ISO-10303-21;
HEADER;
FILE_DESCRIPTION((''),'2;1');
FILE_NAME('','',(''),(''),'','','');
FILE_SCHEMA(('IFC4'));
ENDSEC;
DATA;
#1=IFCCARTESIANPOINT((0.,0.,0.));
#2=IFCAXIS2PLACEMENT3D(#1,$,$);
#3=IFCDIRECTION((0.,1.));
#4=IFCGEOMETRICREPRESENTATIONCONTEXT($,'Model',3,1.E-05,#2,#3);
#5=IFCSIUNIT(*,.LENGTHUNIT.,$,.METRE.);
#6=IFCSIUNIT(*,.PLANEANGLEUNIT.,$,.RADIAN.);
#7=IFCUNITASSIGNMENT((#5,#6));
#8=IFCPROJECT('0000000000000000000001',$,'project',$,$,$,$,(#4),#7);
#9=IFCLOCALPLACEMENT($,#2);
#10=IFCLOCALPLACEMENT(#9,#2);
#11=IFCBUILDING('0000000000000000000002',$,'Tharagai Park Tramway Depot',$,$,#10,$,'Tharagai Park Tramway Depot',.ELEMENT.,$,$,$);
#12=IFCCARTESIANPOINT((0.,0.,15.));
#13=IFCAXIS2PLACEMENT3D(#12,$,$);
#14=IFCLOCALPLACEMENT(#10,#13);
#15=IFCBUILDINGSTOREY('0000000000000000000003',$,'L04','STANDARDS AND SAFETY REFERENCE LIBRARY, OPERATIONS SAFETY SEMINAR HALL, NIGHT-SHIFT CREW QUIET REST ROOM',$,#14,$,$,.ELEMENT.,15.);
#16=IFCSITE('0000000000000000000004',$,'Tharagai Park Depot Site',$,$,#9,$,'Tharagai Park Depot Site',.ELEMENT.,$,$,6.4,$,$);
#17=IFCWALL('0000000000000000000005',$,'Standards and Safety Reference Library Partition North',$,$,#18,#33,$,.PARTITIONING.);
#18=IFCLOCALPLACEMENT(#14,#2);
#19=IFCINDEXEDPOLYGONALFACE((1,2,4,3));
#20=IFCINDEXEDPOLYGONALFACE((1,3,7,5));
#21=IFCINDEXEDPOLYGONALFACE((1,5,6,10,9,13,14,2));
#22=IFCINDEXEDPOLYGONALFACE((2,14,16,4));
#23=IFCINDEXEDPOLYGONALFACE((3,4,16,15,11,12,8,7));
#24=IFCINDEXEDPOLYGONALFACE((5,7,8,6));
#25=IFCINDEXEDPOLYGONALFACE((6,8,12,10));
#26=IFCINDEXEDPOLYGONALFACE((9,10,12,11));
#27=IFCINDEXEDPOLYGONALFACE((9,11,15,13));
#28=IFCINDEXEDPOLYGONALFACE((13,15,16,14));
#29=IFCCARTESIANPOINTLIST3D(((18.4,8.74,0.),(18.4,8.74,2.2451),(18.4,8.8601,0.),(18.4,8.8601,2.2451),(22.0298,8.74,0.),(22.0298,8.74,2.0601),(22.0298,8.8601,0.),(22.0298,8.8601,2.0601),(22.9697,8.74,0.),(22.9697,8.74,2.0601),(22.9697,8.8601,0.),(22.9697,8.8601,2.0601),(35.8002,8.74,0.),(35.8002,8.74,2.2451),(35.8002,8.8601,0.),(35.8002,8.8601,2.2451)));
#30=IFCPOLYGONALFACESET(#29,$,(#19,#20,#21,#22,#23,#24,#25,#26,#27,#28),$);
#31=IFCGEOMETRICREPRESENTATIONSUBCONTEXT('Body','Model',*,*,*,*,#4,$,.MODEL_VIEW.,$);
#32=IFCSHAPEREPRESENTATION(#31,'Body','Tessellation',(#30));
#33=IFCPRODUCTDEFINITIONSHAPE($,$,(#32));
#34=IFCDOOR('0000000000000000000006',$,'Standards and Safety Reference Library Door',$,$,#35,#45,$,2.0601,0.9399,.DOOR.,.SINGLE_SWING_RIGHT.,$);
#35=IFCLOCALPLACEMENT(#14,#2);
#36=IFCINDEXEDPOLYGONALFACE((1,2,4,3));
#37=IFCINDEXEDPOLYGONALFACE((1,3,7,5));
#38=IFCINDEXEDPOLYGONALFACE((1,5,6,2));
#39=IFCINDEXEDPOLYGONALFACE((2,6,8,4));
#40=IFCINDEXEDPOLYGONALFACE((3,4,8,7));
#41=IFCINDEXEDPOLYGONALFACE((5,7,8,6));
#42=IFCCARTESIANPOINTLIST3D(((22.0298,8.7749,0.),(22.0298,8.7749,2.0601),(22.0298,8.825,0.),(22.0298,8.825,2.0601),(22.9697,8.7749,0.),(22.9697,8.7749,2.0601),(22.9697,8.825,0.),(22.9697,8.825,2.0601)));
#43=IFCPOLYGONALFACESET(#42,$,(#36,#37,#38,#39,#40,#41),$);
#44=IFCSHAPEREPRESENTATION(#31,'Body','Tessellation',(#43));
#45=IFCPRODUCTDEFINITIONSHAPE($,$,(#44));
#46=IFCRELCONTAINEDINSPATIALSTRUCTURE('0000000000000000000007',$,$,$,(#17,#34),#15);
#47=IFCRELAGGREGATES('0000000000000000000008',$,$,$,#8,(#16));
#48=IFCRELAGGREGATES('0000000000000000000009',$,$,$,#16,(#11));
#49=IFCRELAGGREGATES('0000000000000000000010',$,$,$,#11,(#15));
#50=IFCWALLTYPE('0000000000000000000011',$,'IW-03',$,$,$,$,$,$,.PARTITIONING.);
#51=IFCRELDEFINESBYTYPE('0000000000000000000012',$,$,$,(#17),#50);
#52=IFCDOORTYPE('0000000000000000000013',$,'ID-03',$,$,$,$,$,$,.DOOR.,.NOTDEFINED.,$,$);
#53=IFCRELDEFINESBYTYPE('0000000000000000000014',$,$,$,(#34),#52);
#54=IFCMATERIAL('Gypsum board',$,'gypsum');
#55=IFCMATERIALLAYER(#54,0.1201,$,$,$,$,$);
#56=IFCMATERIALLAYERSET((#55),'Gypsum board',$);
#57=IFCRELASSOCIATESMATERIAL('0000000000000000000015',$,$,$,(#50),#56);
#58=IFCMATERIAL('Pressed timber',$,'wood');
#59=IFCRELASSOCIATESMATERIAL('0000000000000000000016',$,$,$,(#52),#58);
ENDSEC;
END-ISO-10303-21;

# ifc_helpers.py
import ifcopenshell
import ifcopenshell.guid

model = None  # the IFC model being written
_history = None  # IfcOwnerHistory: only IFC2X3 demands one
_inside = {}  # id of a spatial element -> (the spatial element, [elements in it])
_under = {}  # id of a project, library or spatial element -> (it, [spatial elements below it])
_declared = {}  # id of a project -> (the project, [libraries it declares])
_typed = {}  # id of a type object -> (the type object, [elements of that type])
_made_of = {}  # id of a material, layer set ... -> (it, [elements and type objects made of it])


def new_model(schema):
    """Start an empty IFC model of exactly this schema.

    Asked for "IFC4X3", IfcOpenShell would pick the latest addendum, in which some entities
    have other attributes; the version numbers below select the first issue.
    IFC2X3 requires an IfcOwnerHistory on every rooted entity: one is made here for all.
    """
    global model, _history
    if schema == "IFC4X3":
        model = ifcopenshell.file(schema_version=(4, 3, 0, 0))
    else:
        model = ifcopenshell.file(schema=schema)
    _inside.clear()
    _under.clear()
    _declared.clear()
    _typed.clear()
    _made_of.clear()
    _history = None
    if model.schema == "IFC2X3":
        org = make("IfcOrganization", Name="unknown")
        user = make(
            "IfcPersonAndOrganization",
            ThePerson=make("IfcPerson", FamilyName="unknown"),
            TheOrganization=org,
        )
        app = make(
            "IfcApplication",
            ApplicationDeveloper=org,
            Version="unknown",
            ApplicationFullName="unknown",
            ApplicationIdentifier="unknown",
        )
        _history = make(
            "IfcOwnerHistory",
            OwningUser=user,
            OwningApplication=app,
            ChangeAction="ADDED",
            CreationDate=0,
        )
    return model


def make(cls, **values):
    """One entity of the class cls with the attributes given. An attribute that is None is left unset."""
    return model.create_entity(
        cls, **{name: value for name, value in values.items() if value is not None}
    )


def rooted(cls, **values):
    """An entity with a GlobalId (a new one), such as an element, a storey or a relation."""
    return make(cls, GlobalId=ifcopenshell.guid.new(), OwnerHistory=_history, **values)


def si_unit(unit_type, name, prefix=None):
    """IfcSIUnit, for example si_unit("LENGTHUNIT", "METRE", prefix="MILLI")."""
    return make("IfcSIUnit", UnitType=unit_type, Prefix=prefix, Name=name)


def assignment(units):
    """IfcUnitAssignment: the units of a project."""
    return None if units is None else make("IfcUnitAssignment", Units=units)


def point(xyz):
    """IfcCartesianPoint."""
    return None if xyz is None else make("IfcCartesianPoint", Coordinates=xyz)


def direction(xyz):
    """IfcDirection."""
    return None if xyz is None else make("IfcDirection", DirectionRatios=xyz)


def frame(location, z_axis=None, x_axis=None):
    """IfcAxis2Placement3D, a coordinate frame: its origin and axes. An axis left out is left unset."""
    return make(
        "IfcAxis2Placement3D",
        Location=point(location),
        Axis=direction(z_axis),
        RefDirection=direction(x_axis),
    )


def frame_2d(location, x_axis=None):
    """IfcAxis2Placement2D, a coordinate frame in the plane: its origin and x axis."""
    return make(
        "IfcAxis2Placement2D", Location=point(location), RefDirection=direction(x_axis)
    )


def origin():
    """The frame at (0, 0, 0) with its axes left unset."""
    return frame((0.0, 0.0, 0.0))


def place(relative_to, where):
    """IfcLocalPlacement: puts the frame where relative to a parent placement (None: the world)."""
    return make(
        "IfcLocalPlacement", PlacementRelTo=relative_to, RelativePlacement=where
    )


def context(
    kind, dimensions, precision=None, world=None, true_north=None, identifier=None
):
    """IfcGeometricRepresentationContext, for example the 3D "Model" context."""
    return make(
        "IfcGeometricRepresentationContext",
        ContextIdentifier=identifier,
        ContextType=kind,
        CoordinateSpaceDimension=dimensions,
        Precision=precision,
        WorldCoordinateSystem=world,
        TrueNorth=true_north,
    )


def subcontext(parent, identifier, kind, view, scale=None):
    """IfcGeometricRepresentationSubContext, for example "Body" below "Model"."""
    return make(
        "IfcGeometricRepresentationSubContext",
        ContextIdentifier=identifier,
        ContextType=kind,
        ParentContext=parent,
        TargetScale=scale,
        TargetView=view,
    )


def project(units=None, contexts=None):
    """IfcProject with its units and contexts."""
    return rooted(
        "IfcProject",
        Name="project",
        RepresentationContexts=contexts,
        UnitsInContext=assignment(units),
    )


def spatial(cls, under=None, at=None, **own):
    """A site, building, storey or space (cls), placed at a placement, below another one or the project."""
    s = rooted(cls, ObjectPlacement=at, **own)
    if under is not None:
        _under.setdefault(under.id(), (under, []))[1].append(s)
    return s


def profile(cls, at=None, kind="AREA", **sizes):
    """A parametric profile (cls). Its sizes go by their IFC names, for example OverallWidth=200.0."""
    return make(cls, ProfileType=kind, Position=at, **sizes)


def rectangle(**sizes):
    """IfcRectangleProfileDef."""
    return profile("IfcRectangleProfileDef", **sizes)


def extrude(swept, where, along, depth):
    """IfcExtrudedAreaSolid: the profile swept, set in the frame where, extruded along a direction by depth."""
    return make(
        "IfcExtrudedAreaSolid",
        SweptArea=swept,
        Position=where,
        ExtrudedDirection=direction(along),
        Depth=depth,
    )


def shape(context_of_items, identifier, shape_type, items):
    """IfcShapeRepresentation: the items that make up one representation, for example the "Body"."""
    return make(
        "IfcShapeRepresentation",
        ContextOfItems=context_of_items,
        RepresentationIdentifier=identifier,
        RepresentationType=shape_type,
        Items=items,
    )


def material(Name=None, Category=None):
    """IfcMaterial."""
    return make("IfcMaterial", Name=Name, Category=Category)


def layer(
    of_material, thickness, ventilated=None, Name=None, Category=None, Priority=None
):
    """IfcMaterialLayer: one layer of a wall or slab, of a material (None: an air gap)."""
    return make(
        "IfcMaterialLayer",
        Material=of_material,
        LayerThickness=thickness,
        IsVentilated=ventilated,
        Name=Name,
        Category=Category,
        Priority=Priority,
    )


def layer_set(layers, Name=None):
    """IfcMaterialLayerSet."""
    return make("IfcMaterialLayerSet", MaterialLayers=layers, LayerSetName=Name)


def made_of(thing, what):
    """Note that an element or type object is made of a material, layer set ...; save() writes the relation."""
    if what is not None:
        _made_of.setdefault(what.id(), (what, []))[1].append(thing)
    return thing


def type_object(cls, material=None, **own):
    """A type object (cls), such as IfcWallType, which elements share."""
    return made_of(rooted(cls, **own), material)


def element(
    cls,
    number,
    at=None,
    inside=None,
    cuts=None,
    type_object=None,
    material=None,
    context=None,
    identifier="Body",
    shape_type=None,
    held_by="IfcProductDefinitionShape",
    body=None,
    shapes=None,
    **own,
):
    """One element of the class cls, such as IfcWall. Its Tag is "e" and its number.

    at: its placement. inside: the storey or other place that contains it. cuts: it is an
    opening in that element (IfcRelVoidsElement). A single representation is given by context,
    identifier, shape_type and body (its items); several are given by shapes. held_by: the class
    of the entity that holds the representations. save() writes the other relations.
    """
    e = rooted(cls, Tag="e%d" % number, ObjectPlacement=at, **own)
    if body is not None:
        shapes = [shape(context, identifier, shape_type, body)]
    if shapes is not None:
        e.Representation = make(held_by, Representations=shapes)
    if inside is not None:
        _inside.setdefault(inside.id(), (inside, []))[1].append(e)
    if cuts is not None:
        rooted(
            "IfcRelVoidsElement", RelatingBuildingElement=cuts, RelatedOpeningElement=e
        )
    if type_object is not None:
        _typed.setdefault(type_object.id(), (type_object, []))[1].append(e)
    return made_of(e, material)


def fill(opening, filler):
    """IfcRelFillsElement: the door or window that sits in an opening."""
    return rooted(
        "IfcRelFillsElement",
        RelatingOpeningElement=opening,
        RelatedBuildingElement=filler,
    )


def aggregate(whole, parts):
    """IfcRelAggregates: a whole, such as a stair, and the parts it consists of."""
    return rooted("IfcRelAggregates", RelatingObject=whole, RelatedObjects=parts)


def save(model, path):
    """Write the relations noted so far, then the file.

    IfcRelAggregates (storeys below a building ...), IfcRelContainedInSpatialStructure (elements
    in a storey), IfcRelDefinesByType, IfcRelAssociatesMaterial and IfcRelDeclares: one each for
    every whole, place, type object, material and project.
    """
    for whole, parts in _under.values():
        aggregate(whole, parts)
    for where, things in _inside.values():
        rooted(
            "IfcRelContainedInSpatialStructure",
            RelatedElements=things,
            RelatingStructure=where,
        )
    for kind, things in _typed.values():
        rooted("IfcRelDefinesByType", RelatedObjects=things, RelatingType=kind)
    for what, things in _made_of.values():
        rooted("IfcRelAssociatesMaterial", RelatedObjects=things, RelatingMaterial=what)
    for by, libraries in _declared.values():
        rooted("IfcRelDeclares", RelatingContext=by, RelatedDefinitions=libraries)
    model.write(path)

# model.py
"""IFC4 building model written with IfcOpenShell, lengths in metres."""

from ifc_helpers import new_model, si_unit, direction, frame, frame_2d, origin, place, context, subcontext, project, spatial, rectangle, extrude, material, layer, layer_set, type_object, element, fill, save


model = new_model("IFC4")

# Units and contexts
model_context = context("Model", 3, precision=1e-05, world=origin(), true_north=direction((0.0, 1.0)))
body_context = subcontext(model_context, "Body", "Model", "MODEL_VIEW")
ifc_project = project(units=[si_unit("LENGTHUNIT", "METRE"), si_unit("PLANEANGLEUNIT", "RADIAN")], contexts=[model_context])

# Site, building, storey
site_placement = place(None, origin())
site = spatial("IfcSite", under=ifc_project, at=site_placement, Name="Tharagai Park Depot Site", LongName="Tharagai Park Depot Site", CompositionType="ELEMENT", RefElevation=6.4)
building_placement = place(site_placement, origin())
building = spatial("IfcBuilding", under=site, at=building_placement, Name="Tharagai Park Tramway Depot", LongName="Tharagai Park Tramway Depot", CompositionType="ELEMENT")
storey_placement = place(building_placement, frame((0.0, 0.0, 15.0)))
storey = spatial("IfcBuildingStorey", under=building, at=storey_placement, Name="L04", Description="STANDARDS AND SAFETY REFERENCE LIBRARY, OPERATIONS SAFETY SEMINAR HALL, NIGHT-SHIFT CREW QUIET REST ROOM", CompositionType="ELEMENT", Elevation=15.0)

# Wall, opening, door
ifc_material_1 = material(Name="Gypsum board", Category="gypsum")
ifc_layer_1 = layer(ifc_material_1, 0.1201)
ifc_layer_set_1 = layer_set([ifc_layer_1], Name="Gypsum board")
wall_type_1 = type_object("IfcWallType", Name="IW-03", PredefinedType="PARTITIONING", material=ifc_layer_set_1)
wall_1_placement = place(storey_placement, frame((18.3999, 8.8, 0.0), z_axis=(0.0, 0.0, 1.0), x_axis=(1.0, 0.0, 0.0)))
wall_1 = element("IfcWall", 1, at=wall_1_placement, inside=storey, type_object=wall_type_1, Name="Standards and Safety Reference Library Partition North", PredefinedType="PARTITIONING", context=body_context, shape_type="SweptSolid", body=[
    extrude(rectangle(XDim=17.4001, YDim=0.1201, at=frame_2d((8.7002, 0.0))), origin(), (0.0, 0.0, 1.0), 2.2451),
])
opening_1_placement = place(wall_1_placement, frame((3.6299, 0.0, 0.0)))
opening_1 = element("IfcOpeningElement", 2, at=opening_1_placement, cuts=wall_1, PredefinedType="OPENING", context=body_context, shape_type="SweptSolid", body=[
    extrude(rectangle(XDim=0.9399, YDim=2.0601, at=frame_2d((0.47, 1.03))), frame((0.0, 0.0701, 0.0), z_axis=(0.0, -1.0, 0.0), x_axis=(1.0, 0.0, 0.0)), (0.0, 0.0, 1.0), 0.1401),
])
ifc_material_2 = material(Name="Pressed timber", Category="wood")
door_type = type_object("IfcDoorType", Name="ID-03", OperationType="NOTDEFINED", PredefinedType="DOOR", material=ifc_material_2)
door_placement = place(opening_1_placement, origin())
door = element("IfcDoor", 3, at=door_placement, inside=storey, type_object=door_type, Name="Standards and Safety Reference Library Door", OperationType="SINGLE_SWING_RIGHT", OverallHeight=2.0601, OverallWidth=0.9399, PredefinedType="DOOR", context=body_context, shape_type="SweptSolid", body=[
    extrude(rectangle(XDim=0.9399, YDim=2.0601, at=frame_2d((0.47, 1.03))), frame((0.0, 0.0249, 0.0), z_axis=(0.0, -1.0, 0.0), x_axis=(1.0, 0.0, 0.0)), (0.0, 0.0, 1.0), 0.05),
])
fill(opening_1, door)

save(model, "model.ifc")
